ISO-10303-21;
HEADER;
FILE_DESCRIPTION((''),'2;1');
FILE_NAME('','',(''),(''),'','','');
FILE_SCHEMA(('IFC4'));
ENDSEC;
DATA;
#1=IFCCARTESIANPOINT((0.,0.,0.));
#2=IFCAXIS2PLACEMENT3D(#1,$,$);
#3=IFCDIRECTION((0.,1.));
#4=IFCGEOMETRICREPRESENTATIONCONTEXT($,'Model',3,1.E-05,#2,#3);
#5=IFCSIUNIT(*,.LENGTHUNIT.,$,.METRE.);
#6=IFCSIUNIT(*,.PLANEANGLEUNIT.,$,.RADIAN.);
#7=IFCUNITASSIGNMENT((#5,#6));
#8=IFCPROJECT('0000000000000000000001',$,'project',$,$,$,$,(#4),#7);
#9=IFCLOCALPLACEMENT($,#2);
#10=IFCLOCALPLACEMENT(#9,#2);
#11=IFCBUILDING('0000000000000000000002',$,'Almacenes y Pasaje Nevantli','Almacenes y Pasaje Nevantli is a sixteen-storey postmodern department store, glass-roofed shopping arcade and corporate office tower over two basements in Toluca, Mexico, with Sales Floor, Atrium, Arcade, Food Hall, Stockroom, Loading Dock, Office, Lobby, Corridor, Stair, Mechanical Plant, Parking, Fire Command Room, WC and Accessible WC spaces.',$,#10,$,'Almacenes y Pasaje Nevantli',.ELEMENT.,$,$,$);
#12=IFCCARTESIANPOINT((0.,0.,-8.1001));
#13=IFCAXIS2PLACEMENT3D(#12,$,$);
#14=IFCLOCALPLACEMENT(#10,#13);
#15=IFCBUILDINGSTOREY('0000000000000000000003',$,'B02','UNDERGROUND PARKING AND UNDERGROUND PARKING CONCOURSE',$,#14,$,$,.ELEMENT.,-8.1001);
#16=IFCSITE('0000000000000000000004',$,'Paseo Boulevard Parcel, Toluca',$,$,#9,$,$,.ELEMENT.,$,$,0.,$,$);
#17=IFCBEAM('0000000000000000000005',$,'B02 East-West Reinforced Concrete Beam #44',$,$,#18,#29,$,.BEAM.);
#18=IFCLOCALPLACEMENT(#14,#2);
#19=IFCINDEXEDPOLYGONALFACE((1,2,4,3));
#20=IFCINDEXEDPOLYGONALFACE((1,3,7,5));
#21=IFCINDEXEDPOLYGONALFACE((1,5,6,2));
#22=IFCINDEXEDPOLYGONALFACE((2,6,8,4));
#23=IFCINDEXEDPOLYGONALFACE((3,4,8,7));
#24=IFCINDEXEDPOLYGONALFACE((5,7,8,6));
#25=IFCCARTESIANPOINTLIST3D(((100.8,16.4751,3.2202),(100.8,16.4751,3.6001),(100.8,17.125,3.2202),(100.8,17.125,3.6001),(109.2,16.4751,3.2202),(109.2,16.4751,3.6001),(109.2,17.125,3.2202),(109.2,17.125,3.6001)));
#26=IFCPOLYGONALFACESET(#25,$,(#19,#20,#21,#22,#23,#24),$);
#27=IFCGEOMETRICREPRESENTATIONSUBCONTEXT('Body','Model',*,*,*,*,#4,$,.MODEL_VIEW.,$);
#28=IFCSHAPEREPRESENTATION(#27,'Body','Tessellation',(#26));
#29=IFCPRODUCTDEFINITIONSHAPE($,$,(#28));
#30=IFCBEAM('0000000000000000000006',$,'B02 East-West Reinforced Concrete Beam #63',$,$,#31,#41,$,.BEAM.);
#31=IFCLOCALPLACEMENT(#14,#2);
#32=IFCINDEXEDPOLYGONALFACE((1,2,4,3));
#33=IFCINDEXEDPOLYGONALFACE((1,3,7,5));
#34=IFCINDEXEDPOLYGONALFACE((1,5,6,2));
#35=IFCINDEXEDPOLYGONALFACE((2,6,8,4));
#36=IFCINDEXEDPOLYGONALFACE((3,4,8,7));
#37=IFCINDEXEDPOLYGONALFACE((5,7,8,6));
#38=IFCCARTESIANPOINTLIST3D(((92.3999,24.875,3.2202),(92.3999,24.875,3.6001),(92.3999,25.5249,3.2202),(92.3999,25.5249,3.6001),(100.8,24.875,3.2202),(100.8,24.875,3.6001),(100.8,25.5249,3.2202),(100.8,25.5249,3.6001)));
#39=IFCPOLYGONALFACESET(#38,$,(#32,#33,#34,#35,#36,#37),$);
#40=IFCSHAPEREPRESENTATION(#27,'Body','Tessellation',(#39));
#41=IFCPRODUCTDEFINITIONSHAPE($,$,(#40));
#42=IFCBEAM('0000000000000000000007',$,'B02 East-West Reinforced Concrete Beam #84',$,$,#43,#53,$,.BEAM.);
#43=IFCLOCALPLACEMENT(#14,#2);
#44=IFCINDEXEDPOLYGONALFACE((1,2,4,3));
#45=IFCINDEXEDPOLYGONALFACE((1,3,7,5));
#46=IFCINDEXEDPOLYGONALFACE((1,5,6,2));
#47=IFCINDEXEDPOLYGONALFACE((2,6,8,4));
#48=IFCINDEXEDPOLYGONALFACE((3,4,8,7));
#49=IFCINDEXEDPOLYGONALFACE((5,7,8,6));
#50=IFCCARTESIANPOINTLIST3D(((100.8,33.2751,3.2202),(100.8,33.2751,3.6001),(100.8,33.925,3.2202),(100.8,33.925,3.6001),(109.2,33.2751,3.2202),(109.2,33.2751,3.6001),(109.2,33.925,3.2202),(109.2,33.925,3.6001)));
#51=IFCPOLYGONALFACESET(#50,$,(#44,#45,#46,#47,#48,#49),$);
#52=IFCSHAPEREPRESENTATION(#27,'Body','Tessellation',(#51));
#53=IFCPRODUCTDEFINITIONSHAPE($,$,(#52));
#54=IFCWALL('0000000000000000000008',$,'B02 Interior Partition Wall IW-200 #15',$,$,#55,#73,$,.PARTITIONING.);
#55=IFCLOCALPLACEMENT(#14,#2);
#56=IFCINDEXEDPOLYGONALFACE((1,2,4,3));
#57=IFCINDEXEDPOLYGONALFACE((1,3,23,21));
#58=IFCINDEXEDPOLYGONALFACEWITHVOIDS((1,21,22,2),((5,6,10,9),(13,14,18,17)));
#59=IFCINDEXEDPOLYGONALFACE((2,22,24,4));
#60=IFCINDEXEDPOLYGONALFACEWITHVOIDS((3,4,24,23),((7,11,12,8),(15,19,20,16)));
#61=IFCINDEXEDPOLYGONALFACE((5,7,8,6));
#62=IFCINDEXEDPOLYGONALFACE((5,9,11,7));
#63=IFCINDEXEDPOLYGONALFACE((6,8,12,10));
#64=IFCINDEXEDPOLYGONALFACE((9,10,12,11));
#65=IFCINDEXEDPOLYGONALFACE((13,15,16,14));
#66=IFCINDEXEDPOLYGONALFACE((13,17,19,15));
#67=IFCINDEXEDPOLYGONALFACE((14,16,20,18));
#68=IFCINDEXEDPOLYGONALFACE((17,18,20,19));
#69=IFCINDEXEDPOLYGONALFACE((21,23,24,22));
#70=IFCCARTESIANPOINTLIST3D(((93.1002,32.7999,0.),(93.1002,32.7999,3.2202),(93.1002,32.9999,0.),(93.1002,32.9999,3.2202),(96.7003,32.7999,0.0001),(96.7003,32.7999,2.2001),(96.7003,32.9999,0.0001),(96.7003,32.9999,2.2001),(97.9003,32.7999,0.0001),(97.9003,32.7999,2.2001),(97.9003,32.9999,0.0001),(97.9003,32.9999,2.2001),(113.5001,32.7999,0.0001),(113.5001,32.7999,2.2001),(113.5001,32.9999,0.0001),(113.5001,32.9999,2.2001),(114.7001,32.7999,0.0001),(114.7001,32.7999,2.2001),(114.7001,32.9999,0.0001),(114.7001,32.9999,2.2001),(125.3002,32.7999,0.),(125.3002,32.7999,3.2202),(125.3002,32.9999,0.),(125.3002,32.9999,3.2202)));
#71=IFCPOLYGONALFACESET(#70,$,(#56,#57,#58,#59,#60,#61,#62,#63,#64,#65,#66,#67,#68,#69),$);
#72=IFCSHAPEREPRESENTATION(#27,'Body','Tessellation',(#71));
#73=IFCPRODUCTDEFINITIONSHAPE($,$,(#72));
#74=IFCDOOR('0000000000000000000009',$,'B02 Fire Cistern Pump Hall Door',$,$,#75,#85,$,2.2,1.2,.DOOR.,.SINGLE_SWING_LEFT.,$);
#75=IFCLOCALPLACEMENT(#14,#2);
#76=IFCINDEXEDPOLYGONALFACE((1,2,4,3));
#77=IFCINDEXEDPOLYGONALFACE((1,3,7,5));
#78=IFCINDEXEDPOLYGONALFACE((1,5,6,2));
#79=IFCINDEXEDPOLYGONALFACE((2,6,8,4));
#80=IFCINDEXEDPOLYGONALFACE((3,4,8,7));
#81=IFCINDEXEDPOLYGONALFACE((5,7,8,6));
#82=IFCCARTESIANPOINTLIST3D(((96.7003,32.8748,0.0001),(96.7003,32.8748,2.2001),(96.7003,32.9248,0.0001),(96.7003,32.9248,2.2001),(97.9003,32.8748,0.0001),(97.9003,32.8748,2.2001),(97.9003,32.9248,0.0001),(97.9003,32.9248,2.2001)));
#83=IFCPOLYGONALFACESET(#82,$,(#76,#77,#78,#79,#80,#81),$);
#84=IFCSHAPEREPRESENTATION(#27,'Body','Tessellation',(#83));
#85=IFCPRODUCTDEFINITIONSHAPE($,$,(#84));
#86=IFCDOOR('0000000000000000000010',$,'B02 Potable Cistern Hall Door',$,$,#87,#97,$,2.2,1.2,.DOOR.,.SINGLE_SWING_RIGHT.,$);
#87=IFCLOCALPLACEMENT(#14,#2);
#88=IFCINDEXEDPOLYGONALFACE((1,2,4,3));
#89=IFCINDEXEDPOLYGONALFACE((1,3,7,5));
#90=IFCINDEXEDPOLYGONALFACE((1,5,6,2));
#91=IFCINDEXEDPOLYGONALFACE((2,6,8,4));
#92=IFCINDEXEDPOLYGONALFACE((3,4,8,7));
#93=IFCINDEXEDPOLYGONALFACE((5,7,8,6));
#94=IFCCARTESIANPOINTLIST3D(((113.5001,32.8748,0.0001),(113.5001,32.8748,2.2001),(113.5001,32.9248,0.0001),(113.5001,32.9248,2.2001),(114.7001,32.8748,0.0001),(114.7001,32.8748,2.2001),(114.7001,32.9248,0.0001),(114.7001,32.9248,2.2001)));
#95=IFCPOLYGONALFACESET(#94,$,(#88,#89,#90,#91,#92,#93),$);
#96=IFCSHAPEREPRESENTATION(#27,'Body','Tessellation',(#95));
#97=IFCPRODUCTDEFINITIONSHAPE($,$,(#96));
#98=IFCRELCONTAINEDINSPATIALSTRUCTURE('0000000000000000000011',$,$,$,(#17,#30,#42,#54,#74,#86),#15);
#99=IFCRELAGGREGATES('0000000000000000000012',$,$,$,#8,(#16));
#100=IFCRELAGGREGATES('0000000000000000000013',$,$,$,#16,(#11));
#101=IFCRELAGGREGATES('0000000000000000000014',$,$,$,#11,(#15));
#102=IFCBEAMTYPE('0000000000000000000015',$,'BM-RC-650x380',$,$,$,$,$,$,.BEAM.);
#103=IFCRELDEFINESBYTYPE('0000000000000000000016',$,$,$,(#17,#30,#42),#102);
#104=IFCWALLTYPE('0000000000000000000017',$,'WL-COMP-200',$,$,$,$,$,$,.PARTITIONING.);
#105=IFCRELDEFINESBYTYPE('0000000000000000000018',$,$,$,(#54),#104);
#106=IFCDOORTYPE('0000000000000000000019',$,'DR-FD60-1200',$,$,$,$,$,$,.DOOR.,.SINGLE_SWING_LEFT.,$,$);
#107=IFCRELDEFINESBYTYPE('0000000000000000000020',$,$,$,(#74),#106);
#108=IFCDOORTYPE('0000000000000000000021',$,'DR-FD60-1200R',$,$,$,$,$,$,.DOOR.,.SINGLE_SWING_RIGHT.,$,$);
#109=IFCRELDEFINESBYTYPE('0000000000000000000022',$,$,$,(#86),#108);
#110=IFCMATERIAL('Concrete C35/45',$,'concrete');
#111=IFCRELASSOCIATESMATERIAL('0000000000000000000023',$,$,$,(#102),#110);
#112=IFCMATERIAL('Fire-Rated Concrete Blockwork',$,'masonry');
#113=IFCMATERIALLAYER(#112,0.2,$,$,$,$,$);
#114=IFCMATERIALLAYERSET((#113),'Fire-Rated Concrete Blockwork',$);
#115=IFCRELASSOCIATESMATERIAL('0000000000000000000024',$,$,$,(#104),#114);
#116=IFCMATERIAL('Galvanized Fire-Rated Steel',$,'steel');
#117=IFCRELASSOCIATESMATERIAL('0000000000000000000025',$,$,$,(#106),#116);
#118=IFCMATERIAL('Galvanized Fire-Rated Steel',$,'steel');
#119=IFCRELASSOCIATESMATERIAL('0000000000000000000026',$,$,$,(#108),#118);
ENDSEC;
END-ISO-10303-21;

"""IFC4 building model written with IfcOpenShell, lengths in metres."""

from ifc_helpers import new_model, si_unit, direction, frame, frame_2d, origin, origin_2d, place, context, subcontext, project, spatial, rectangle, extrude, material, layer, layer_set, material_profile, profile_set, type_object, element, fill, save


model = new_model("IFC4")

# Units and contexts
model_context = context("Model", 3, precision=1e-05, world=origin(), true_north=direction((0.0, 1.0)))
body_context = subcontext(model_context, "Body", "Model", "MODEL_VIEW")
ifc_project = project(units=[si_unit("LENGTHUNIT", "METRE"), si_unit("PLANEANGLEUNIT", "RADIAN")], contexts=[model_context])

# Site, building, storey
site_placement = place(None, origin())
site = spatial("IfcSite", under=ifc_project, at=site_placement, Name="Paseo Boulevard Parcel, Toluca", CompositionType="ELEMENT", RefElevation=0.0)
building_placement = place(site_placement, origin())
building = spatial("IfcBuilding", under=site, at=building_placement, Name="Almacenes y Pasaje Nevantli", Description="Almacenes y Pasaje Nevantli is a sixteen-storey postmodern department store, glass-roofed shopping arcade and corporate office tower over two basements in Toluca, Mexico, with Sales Floor, Atrium, Arcade, Food Hall, Stockroom, Loading Dock, Office, Lobby, Corridor, Stair, Mechanical Plant, Parking, Fire Command Room, WC and Accessible WC spaces.", LongName="Almacenes y Pasaje Nevantli", CompositionType="ELEMENT")
storey_placement = place(building_placement, frame((0.0, 0.0, -8.1001)))
storey = spatial("IfcBuildingStorey", under=building, at=storey_placement, Name="B02", Description="UNDERGROUND PARKING AND UNDERGROUND PARKING CONCOURSE", CompositionType="ELEMENT", Elevation=-8.1001)

# Beams
ifc_material_1 = material(Name="Concrete C35/45", Category="concrete")
ifc_material_profile_1 = material_profile(ifc_material_1, rectangle(XDim=0.6499, YDim=0.3799, at=origin_2d()), Name="RC-BM-650x380")
ifc_profile_set_1 = profile_set([ifc_material_profile_1], Name="Concrete C35/45")
beam_type_1 = type_object("IfcBeamType", Name="BM-RC-650x380", PredefinedType="BEAM", material=ifc_profile_set_1)
beam_1_placement = place(storey_placement, frame((100.8, 16.8, 3.4102), z_axis=(1.0, 0.0, 0.0), x_axis=(0.0, 1.0, 0.0)))
element("IfcBeam", 1, at=beam_1_placement, inside=storey, type_object=beam_type_1, Name="B02 East-West Reinforced Concrete Beam #44", PredefinedType="BEAM", context=body_context, shape_type="SweptSolid", body=[
    extrude(rectangle(XDim=0.6499, YDim=0.3799, at=origin_2d()), origin(), (0.0, 0.0, 1.0), 8.3999),
])
beam_2_placement = place(storey_placement, frame((92.3999, 25.2, 3.4102), z_axis=(1.0, 0.0, 0.0), x_axis=(0.0, 1.0, 0.0)))
element("IfcBeam", 2, at=beam_2_placement, inside=storey, type_object=beam_type_1, Name="B02 East-West Reinforced Concrete Beam #63", PredefinedType="BEAM", context=body_context, shape_type="SweptSolid", body=[
    extrude(rectangle(XDim=0.6499, YDim=0.3799, at=origin_2d()), origin(), (0.0, 0.0, 1.0), 8.4001),
])
beam_3_placement = place(storey_placement, frame((100.8, 33.6001, 3.4102), z_axis=(1.0, 0.0, 0.0), x_axis=(0.0, 1.0, 0.0)))
element("IfcBeam", 3, at=beam_3_placement, inside=storey, type_object=beam_type_1, Name="B02 East-West Reinforced Concrete Beam #84", PredefinedType="BEAM", context=body_context, shape_type="SweptSolid", body=[
    extrude(rectangle(XDim=0.6499, YDim=0.3799, at=origin_2d()), origin(), (0.0, 0.0, 1.0), 8.3999),
])

# Wall, openings, doors
ifc_material_2 = material(Name="Fire-Rated Concrete Blockwork", Category="masonry")
ifc_layer_1 = layer(ifc_material_2, 0.2)
ifc_layer_set_1 = layer_set([ifc_layer_1], Name="Fire-Rated Concrete Blockwork")
wall_type = type_object("IfcWallType", Name="WL-COMP-200", PredefinedType="PARTITIONING", material=ifc_layer_set_1)
wall_placement = place(storey_placement, frame((93.1001, 32.8999, 0.0), z_axis=(0.0, 0.0, 1.0), x_axis=(1.0, 0.0, 0.0)))
wall = element("IfcWall", 4, at=wall_placement, inside=storey, type_object=wall_type, Name="B02 Interior Partition Wall IW-200 #15", PredefinedType="PARTITIONING", context=body_context, shape_type="SweptSolid", body=[
    extrude(rectangle(XDim=32.2, YDim=0.2, at=frame_2d((16.1001, 0.0))), origin(), (0.0, 0.0, 1.0), 3.2202),
])
opening_1_placement = place(wall_placement, frame((3.6001, 0.0, 0.0)))
opening_1 = element("IfcOpeningElement", 5, at=opening_1_placement, cuts=wall, PredefinedType="OPENING", context=body_context, shape_type="SweptSolid", body=[
    extrude(rectangle(XDim=1.2, YDim=2.2, at=frame_2d((0.6001, 1.1001))), frame((0.0, 0.1099, 0.0), z_axis=(0.0, -1.0, 0.0), x_axis=(1.0, 0.0, 0.0)), (0.0, 0.0, 1.0), 0.22),
])
opening_2_placement = place(wall_placement, frame((20.3999, 0.0, 0.0)))
opening_2 = element("IfcOpeningElement", 6, at=opening_2_placement, cuts=wall, PredefinedType="OPENING", context=body_context, shape_type="SweptSolid", body=[
    extrude(rectangle(XDim=1.2, YDim=2.2, at=frame_2d((0.6001, 1.1001))), frame((0.0, 0.1099, 0.0), z_axis=(0.0, -1.0, 0.0), x_axis=(1.0, 0.0, 0.0)), (0.0, 0.0, 1.0), 0.22),
])
ifc_material_3 = material(Name="Galvanized Fire-Rated Steel", Category="steel")
door_type_1 = type_object("IfcDoorType", Name="DR-FD60-1200", OperationType="SINGLE_SWING_LEFT", PredefinedType="DOOR", material=ifc_material_3)
door_1_placement = place(opening_1_placement, origin())
door_1 = element("IfcDoor", 7, at=door_1_placement, inside=storey, type_object=door_type_1, Name="B02 Fire Cistern Pump Hall Door", OperationType="SINGLE_SWING_LEFT", OverallHeight=2.2, OverallWidth=1.2, PredefinedType="DOOR", context=body_context, shape_type="SweptSolid", body=[
    extrude(rectangle(XDim=1.2, YDim=2.2, at=frame_2d((0.6001, 1.1001))), frame((0.0, 0.0249, 0.0), z_axis=(0.0, -1.0, 0.0), x_axis=(1.0, 0.0, 0.0)), (0.0, 0.0, 1.0), 0.05),
])
fill(opening_1, door_1)
ifc_material_4 = material(Name="Galvanized Fire-Rated Steel", Category="steel")
door_type_2 = type_object("IfcDoorType", Name="DR-FD60-1200R", OperationType="SINGLE_SWING_RIGHT", PredefinedType="DOOR", material=ifc_material_4)
door_2_placement = place(opening_2_placement, origin())
door_2 = element("IfcDoor", 8, at=door_2_placement, inside=storey, type_object=door_type_2, Name="B02 Potable Cistern Hall Door", OperationType="SINGLE_SWING_RIGHT", OverallHeight=2.2, OverallWidth=1.2, PredefinedType="DOOR", context=body_context, shape_type="SweptSolid", body=[
    extrude(rectangle(XDim=1.2, YDim=2.2, at=frame_2d((0.6001, 1.1001))), frame((0.0, 0.0249, 0.0), z_axis=(0.0, -1.0, 0.0), x_axis=(1.0, 0.0, 0.0)), (0.0, 0.0, 1.0), 0.05),
])
fill(opening_2, door_2)

save(model, "model.ifc")
